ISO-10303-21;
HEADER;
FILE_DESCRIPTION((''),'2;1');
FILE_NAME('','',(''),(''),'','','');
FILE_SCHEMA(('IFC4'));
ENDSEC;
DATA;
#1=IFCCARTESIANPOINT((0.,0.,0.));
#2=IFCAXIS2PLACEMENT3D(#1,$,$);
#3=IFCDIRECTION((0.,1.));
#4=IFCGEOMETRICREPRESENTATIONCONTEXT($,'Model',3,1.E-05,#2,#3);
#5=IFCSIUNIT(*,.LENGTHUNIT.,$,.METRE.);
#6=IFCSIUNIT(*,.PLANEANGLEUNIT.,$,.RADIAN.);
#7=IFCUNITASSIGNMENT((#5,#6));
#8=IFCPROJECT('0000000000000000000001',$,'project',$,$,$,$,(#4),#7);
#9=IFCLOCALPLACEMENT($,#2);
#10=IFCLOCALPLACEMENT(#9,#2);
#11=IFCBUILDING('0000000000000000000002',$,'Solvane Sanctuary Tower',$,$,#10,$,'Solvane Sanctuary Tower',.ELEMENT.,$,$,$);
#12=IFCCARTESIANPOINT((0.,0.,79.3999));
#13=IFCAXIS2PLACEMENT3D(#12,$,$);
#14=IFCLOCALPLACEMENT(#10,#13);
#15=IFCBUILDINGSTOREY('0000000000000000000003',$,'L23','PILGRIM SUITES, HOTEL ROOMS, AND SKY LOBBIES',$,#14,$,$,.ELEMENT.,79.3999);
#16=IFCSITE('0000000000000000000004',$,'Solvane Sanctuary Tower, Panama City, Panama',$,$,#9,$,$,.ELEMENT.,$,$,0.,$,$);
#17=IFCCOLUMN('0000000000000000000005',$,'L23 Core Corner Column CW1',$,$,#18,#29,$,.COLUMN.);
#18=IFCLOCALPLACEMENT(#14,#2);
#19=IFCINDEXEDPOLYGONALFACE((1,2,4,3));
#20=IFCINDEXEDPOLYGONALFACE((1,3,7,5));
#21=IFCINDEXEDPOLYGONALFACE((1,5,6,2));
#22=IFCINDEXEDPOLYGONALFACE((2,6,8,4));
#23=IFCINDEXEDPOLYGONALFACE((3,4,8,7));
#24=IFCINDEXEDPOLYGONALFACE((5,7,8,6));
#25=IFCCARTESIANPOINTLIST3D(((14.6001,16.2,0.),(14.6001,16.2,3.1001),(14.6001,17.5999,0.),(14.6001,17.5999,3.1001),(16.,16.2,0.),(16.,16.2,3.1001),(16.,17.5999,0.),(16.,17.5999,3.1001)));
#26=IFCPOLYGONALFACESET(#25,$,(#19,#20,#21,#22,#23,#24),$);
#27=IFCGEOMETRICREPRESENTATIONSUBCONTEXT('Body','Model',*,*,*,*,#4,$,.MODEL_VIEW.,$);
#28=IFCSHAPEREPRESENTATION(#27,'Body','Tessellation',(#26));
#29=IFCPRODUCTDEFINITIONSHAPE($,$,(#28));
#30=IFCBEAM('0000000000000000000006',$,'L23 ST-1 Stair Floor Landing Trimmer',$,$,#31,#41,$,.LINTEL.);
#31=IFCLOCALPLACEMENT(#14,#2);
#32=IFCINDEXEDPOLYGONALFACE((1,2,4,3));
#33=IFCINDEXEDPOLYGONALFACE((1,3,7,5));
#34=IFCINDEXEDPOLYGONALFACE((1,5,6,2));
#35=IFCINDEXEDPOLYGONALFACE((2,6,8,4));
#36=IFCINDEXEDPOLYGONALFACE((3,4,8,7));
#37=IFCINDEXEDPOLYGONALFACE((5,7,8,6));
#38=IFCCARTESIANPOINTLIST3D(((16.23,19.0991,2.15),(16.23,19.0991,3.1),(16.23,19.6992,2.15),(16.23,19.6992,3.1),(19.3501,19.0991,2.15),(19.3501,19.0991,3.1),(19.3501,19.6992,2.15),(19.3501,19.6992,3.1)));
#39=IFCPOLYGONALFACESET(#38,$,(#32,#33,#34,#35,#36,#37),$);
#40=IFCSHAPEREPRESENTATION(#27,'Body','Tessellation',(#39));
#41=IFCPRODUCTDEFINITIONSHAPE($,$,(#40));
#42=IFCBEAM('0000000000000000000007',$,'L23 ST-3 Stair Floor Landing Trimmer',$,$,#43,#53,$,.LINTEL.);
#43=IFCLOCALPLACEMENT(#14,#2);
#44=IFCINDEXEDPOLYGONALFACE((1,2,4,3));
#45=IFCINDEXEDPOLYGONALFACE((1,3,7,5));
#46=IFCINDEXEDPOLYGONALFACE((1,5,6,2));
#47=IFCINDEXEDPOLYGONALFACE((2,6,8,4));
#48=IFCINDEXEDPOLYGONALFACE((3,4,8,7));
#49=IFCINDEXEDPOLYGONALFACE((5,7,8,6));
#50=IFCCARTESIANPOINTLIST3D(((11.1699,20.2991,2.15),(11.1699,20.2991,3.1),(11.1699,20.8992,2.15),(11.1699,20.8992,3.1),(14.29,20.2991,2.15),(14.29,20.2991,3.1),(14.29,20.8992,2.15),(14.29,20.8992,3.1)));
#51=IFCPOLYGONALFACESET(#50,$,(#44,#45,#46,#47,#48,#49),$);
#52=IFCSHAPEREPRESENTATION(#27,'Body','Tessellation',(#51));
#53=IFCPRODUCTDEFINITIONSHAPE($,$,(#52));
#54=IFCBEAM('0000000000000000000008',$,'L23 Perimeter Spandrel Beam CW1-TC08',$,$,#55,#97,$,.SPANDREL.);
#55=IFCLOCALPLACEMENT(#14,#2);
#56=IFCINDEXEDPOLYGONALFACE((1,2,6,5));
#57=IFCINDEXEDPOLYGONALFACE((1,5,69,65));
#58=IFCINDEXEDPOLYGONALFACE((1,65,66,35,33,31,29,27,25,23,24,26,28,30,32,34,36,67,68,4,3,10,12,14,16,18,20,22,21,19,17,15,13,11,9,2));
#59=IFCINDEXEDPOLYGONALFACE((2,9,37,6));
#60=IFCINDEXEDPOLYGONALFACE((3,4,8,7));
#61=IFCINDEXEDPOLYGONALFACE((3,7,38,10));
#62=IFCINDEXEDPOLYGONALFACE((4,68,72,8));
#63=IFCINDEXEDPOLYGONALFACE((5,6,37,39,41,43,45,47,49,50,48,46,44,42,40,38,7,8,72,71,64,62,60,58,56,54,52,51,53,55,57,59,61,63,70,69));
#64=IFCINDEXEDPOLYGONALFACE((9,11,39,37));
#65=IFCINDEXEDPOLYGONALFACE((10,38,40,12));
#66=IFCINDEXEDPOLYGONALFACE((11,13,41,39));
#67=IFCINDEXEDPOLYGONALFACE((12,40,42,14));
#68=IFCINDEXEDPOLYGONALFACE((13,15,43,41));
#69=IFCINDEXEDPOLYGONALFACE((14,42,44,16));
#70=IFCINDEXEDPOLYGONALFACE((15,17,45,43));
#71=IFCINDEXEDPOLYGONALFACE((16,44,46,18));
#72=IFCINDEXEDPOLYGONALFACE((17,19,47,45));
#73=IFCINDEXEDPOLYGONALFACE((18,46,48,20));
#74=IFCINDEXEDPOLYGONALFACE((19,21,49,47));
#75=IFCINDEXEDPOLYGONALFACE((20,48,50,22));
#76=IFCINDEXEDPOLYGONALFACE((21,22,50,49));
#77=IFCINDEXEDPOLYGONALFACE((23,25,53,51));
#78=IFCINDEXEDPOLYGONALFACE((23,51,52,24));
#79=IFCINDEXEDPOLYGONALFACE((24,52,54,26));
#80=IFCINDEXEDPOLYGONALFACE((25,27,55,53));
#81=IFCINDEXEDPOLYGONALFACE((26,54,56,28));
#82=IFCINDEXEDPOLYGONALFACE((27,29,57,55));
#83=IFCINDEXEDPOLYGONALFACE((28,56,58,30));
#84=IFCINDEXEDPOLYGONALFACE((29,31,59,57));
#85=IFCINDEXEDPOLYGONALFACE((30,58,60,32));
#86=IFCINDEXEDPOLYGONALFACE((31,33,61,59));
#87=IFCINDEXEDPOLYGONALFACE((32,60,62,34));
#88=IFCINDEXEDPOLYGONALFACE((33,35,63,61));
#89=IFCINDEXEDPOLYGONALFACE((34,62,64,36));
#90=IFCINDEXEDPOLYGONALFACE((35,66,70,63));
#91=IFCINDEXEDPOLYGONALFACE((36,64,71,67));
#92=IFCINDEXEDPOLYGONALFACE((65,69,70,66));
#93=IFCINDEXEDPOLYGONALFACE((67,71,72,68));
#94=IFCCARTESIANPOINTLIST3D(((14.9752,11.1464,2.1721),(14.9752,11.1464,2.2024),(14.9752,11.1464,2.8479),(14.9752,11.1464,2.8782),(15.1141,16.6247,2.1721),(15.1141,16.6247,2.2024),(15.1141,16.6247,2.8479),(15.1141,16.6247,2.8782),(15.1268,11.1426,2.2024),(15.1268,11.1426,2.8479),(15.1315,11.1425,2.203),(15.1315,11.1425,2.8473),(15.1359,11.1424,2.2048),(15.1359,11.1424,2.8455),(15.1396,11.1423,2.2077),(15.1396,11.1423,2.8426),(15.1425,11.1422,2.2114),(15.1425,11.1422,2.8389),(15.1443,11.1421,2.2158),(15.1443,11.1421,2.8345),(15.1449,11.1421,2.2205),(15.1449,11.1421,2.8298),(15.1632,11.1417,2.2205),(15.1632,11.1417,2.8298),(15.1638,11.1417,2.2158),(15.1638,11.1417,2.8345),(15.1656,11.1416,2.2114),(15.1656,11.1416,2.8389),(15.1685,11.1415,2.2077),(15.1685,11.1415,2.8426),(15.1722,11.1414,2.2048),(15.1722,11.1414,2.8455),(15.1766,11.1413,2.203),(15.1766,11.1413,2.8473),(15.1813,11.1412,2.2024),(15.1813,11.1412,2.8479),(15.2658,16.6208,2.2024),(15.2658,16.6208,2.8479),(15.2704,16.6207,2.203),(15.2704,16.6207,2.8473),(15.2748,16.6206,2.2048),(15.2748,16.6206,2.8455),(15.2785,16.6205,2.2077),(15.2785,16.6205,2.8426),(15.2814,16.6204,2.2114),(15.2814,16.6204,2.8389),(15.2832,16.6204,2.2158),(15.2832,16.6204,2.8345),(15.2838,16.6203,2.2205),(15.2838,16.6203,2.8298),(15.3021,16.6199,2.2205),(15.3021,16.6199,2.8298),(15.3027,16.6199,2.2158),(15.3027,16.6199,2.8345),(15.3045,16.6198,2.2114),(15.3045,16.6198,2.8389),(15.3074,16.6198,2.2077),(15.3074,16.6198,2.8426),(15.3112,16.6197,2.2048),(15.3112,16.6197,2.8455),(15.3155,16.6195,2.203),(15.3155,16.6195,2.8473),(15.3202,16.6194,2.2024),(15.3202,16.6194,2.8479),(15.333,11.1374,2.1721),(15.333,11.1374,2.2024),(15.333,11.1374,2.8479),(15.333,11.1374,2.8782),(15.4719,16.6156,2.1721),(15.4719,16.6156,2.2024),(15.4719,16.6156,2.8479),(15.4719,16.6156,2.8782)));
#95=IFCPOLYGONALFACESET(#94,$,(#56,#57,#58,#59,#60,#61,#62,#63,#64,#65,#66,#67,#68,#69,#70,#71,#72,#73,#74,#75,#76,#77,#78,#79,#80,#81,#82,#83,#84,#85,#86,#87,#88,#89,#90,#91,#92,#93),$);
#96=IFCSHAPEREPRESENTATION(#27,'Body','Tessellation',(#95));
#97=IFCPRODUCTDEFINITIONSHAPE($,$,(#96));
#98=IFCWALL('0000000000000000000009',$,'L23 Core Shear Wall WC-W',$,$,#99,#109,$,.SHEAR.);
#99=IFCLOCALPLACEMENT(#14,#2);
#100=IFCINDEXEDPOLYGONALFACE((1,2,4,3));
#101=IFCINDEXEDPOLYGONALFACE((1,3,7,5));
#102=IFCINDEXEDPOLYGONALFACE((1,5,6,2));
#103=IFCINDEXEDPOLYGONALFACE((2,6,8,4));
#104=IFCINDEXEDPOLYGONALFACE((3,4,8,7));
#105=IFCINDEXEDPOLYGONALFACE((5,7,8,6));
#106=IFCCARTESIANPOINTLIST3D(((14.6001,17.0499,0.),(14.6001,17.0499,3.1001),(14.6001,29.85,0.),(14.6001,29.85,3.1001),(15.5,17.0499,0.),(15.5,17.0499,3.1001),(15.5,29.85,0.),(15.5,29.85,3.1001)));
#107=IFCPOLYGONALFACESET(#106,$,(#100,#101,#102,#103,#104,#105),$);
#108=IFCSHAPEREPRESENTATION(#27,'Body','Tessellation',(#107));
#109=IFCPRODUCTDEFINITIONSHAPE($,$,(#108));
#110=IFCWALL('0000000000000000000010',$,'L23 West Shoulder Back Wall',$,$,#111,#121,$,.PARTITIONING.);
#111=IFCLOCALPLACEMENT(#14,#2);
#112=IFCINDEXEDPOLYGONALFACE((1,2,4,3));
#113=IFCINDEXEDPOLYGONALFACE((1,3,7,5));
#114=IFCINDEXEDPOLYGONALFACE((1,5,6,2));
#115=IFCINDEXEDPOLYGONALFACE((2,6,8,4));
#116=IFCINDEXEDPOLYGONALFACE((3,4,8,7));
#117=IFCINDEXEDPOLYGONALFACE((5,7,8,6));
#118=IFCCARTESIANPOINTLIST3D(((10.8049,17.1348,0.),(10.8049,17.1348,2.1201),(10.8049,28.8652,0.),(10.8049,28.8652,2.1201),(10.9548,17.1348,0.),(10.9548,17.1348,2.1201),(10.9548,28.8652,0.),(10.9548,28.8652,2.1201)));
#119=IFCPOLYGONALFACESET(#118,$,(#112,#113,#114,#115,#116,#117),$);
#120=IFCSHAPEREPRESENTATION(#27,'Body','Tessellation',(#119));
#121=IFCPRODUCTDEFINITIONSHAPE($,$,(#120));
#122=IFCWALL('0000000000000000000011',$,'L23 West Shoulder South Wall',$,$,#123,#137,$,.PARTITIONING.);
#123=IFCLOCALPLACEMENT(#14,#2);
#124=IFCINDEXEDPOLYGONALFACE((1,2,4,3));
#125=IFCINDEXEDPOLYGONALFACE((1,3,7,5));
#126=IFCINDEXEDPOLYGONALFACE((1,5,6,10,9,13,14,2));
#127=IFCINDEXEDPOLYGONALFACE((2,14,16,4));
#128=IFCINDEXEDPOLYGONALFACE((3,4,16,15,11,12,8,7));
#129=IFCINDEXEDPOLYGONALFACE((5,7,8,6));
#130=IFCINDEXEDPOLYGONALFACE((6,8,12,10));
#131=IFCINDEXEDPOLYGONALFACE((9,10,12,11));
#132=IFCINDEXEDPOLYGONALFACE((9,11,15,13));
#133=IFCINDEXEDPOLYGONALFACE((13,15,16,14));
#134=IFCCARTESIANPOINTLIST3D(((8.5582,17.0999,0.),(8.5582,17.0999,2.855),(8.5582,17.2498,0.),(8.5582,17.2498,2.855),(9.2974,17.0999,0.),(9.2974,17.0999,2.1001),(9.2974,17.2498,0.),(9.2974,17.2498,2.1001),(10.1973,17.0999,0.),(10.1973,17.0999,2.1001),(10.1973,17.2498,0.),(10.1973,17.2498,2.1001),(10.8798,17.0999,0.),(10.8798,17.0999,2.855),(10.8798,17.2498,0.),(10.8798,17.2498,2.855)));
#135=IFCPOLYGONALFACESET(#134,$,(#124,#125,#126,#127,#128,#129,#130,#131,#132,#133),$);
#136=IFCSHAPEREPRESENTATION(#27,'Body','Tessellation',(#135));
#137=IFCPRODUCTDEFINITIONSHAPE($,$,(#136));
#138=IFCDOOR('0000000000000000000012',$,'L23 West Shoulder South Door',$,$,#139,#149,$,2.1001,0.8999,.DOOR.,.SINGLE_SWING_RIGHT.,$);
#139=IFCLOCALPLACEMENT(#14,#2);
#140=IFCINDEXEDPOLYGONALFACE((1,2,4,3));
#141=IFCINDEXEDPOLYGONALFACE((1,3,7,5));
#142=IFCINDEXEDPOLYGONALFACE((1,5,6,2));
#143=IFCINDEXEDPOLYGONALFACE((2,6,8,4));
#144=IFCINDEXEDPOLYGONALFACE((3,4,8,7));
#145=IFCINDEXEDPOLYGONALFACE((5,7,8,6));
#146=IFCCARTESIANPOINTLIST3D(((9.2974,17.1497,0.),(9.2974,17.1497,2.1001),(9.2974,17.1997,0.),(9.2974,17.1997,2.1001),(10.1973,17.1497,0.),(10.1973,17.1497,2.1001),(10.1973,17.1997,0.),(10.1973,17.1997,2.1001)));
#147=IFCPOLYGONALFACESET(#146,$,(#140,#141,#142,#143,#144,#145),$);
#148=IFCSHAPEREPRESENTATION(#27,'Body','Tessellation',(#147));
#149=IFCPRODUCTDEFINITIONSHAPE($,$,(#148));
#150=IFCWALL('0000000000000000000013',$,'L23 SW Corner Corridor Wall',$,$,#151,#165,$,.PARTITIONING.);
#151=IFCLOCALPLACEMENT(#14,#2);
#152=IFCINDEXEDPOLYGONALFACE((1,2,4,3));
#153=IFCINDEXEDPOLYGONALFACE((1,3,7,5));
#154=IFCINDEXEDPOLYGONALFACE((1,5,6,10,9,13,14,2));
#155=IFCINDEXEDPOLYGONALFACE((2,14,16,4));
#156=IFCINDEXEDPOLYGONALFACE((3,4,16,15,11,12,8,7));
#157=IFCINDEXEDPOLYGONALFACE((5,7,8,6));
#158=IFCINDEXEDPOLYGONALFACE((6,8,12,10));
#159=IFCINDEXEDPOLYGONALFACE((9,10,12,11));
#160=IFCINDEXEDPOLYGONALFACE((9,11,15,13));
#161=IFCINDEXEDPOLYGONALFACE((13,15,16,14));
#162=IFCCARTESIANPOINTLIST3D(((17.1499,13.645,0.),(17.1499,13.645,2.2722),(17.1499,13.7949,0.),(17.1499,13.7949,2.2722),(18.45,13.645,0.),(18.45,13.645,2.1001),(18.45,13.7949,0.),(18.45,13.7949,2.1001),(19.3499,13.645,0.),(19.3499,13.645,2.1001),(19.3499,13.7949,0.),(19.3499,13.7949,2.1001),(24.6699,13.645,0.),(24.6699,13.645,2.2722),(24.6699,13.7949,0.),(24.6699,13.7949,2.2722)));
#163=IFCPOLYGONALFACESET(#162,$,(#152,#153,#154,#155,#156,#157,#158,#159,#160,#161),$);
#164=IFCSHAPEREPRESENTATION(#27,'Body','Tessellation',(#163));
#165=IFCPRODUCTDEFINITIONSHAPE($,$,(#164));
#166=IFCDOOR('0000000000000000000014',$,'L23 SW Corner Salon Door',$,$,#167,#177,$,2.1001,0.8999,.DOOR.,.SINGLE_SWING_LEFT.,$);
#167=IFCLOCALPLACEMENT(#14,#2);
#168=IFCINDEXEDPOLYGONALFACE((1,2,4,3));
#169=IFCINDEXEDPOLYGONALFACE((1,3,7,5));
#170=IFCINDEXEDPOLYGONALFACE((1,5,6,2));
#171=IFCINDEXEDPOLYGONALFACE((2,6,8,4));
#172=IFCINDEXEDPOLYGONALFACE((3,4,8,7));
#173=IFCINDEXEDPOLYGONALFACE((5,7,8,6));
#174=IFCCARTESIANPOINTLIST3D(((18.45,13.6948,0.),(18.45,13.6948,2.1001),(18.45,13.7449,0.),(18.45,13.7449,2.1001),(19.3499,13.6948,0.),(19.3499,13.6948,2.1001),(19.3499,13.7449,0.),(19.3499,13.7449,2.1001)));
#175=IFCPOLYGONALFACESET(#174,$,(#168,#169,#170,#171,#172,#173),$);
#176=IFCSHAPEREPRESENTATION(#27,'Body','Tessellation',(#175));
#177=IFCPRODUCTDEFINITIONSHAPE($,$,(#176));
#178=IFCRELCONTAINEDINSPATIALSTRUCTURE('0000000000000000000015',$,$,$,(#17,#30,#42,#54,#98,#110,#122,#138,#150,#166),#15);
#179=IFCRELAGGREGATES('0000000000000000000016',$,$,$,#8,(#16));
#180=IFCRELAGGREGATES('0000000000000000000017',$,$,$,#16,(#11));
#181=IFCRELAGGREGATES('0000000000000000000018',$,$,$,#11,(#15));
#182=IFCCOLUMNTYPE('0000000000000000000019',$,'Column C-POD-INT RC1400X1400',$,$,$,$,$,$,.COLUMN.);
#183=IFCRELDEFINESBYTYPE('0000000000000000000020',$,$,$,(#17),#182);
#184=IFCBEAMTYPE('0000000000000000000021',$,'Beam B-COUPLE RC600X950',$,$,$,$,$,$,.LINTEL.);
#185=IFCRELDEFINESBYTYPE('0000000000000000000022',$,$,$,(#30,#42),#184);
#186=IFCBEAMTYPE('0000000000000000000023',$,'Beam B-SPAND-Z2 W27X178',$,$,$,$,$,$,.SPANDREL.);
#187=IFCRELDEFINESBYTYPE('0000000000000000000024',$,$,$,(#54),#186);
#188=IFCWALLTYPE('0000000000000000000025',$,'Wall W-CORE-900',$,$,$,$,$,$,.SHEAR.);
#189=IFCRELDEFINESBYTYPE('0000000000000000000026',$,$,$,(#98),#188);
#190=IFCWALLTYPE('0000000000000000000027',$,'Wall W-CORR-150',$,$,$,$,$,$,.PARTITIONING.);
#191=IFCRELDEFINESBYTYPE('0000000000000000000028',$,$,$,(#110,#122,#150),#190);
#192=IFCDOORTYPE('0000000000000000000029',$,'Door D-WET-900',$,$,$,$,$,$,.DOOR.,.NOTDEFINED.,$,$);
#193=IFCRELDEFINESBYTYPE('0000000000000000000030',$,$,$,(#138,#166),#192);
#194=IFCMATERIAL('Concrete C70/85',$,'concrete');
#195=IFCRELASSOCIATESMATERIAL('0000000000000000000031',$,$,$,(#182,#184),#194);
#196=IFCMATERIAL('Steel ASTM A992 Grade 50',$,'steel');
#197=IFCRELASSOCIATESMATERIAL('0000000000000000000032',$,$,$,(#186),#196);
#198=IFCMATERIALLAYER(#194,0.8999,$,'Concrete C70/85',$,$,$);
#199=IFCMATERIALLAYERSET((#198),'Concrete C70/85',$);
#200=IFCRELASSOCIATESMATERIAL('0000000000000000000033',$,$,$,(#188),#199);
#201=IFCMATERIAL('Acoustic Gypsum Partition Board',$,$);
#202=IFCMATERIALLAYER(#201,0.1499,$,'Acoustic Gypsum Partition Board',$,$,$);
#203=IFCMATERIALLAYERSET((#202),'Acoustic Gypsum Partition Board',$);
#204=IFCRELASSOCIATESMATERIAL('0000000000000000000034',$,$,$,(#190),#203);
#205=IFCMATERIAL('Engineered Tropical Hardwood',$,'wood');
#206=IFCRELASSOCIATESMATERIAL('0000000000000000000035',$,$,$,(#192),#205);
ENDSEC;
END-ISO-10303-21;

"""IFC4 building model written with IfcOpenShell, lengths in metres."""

from ifc_helpers import new_model, si_unit, direction, frame, frame_2d, origin, origin_2d, place, context, subcontext, project, spatial, rectangle, i_section, extrude, material, layer, layer_set, material_profile, profile_set, type_object, element, fill, save


model = new_model("IFC4")

# Units and contexts
model_context = context("Model", 3, precision=1e-05, world=origin(), true_north=direction((0.0, 1.0)))
body_context = subcontext(model_context, "Body", "Model", "MODEL_VIEW")
ifc_project = project(units=[si_unit("LENGTHUNIT", "METRE"), si_unit("PLANEANGLEUNIT", "RADIAN")], contexts=[model_context])

# Site, building, storey
site_placement = place(None, origin())
site = spatial("IfcSite", under=ifc_project, at=site_placement, Name="Solvane Sanctuary Tower, Panama City, Panama", CompositionType="ELEMENT", RefElevation=0.0)
building_placement = place(site_placement, origin())
building = spatial("IfcBuilding", under=site, at=building_placement, Name="Solvane Sanctuary Tower", LongName="Solvane Sanctuary Tower", CompositionType="ELEMENT")
storey_placement = place(building_placement, frame((0.0, 0.0, 79.3999)))
storey = spatial("IfcBuildingStorey", under=building, at=storey_placement, Name="L23", Description="PILGRIM SUITES, HOTEL ROOMS, AND SKY LOBBIES", CompositionType="ELEMENT", Elevation=79.3999)

# Column
ifc_material_1 = material(Name="Concrete C70/85", Category="concrete")
ifc_material_profile_1 = material_profile(ifc_material_1, rectangle(XDim=1.3999, YDim=1.3999, at=origin_2d()), Name="RC1400X1400")
ifc_profile_set_1 = profile_set([ifc_material_profile_1], Name="Concrete C70/85")
column_type = type_object("IfcColumnType", Name="Column C-POD-INT RC1400X1400", PredefinedType="COLUMN", material=ifc_profile_set_1)
column_placement = place(storey_placement, frame((15.3, 16.8999, 0.0), z_axis=(0.0, 0.0, 1.0), x_axis=(1.0, 0.0, 0.0)))
element("IfcColumn", 1, at=column_placement, inside=storey, type_object=column_type, Name="L23 Core Corner Column CW1", PredefinedType="COLUMN", context=body_context, shape_type="SweptSolid", body=[
    extrude(rectangle(XDim=1.3999, YDim=1.3999, at=origin_2d()), origin(), (0.0, 0.0, 1.0), 3.1001),
])

# Beams
ifc_material_profile_2 = material_profile(ifc_material_1, rectangle(XDim=0.6001, YDim=0.95, at=origin_2d()), Name="RC600X950")
ifc_profile_set_2 = profile_set([ifc_material_profile_2], Name="Concrete C70/85")
beam_type_1 = type_object("IfcBeamType", Name="Beam B-COUPLE RC600X950", PredefinedType="LINTEL", material=ifc_profile_set_2)
for number, where, z_axis, x_axis, name in (
    (2, (16.23, 19.3992, 2.625), (1.0, 0.0, 0.0), (0.0, 1.0, 0.0), "L23 ST-1 Stair Floor Landing Trimmer"),
    (3, (11.1699, 20.5991, 2.625), (1.0, 0.0, 0.0), (0.0, 1.0, 0.0), "L23 ST-3 Stair Floor Landing Trimmer"),
):
    element("IfcBeam", number, at=place(storey_placement, frame(where, z_axis=z_axis, x_axis=x_axis)), inside=storey, type_object=beam_type_1, Name=name, PredefinedType="LINTEL", context=body_context, shape_type="SweptSolid", body=[
        extrude(rectangle(XDim=0.6001, YDim=0.95, at=origin_2d()), origin(), (0.0, 0.0, 1.0), 3.1201),
    ])
ifc_material_2 = material(Name="Steel ASTM A992 Grade 50", Category="steel")
ifc_material_profile_3 = material_profile(ifc_material_2, i_section(OverallWidth=0.3579, OverallDepth=0.7061, WebThickness=0.0183, FlangeThickness=0.0303, FilletRadius=0.0181, at=origin_2d()), Name="W27X178")
ifc_profile_set_3 = profile_set([ifc_material_profile_3], Name="Steel ASTM A992 Grade 50")
beam_type_2 = type_object("IfcBeamType", Name="Beam B-SPAND-Z2 W27X178", PredefinedType="SPANDREL", material=ifc_profile_set_3)
beam_placement = place(storey_placement, frame((15.293, 16.6201, 2.5251), z_axis=(-0.025349, -0.999679, 0.0), x_axis=(0.999679, -0.025349, 0.0)))
element("IfcBeam", 4, at=beam_placement, inside=storey, type_object=beam_type_2, Name="L23 Perimeter Spandrel Beam CW1-TC08", PredefinedType="SPANDREL", context=body_context, shape_type="SweptSolid", body=[
    extrude(i_section(OverallWidth=0.3579, OverallDepth=0.7061, WebThickness=0.0183, FlangeThickness=0.0303, FilletRadius=0.0181, at=origin_2d()), origin(), (0.0, 0.0, 1.0), 5.48),
])

# Walls
ifc_layer_1 = layer(ifc_material_1, 0.8999, Name="Concrete C70/85")
ifc_layer_set_1 = layer_set([ifc_layer_1], Name="Concrete C70/85")
wall_type_1 = type_object("IfcWallType", Name="Wall W-CORE-900", PredefinedType="SHEAR", material=ifc_layer_set_1)
wall_1_placement = place(storey_placement, frame((15.05, 17.05, 0.0), z_axis=(0.0, 0.0, 1.0), x_axis=(0.0, 1.0, 0.0)))
element("IfcWall", 5, at=wall_1_placement, inside=storey, type_object=wall_type_1, Name="L23 Core Shear Wall WC-W", PredefinedType="SHEAR", context=body_context, shape_type="SweptSolid", body=[
    extrude(rectangle(XDim=12.8, YDim=0.8999, at=frame_2d((6.3999, 0.0))), origin(), (0.0, 0.0, 1.0), 3.1001),
])
ifc_material_3 = material(Name="Acoustic Gypsum Partition Board")
ifc_layer_2 = layer(ifc_material_3, 0.1499, Name="Acoustic Gypsum Partition Board")
ifc_layer_set_2 = layer_set([ifc_layer_2], Name="Acoustic Gypsum Partition Board")
wall_type_2 = type_object("IfcWallType", Name="Wall W-CORR-150", PredefinedType="PARTITIONING", material=ifc_layer_set_2)
wall_2_placement = place(storey_placement, frame((10.8799, 17.1348, 0.0), z_axis=(0.0, 0.0, 1.0), x_axis=(0.0, 1.0, 0.0)))
element("IfcWall", 6, at=wall_2_placement, inside=storey, type_object=wall_type_2, Name="L23 West Shoulder Back Wall", PredefinedType="PARTITIONING", context=body_context, shape_type="SweptSolid", body=[
    extrude(rectangle(XDim=11.7305, YDim=0.1499, at=frame_2d((5.8652, 0.0))), origin(), (0.0, 0.0, 1.0), 2.1201),
])

# Walls, openings, doors
wall_3_placement = place(storey_placement, frame((8.5583, 17.1748, 0.0), z_axis=(0.0, 0.0, 1.0), x_axis=(1.0, 0.0, 0.0)))
wall_3 = element("IfcWall", 7, at=wall_3_placement, inside=storey, type_object=wall_type_2, Name="L23 West Shoulder South Wall", PredefinedType="PARTITIONING", context=body_context, shape_type="SweptSolid", body=[
    extrude(rectangle(XDim=2.3215, YDim=0.1499, at=frame_2d((1.1606, 0.0))), origin(), (0.0, 0.0, 1.0), 2.855),
])
opening_1_placement = place(wall_3_placement, frame((0.739, 0.0, 0.0)))
opening_1 = element("IfcOpeningElement", 8, at=opening_1_placement, cuts=wall_3, PredefinedType="OPENING", context=body_context, shape_type="SweptSolid", body=[
    extrude(rectangle(XDim=0.8999, YDim=2.1001, at=frame_2d((0.45, 1.05))), frame((0.0, 0.085, 0.0), z_axis=(0.0, -1.0, 0.0), x_axis=(1.0, 0.0, 0.0)), (0.0, 0.0, 1.0), 0.1699),
])
ifc_material_4 = material(Name="Engineered Tropical Hardwood", Category="wood")
door_type_1 = type_object("IfcDoorType", Name="Door D-WET-900", OperationType="NOTDEFINED", PredefinedType="DOOR", material=ifc_material_4)
door_1_placement = place(opening_1_placement, origin())
door_1 = element("IfcDoor", 9, at=door_1_placement, inside=storey, type_object=door_type_1, Name="L23 West Shoulder South Door", OperationType="SINGLE_SWING_RIGHT", OverallHeight=2.1001, OverallWidth=0.8999, PredefinedType="DOOR", context=body_context, shape_type="SweptSolid", body=[
    extrude(rectangle(XDim=0.8999, YDim=2.1001, at=frame_2d((0.45, 1.05))), frame((0.0, 0.0249, 0.0), z_axis=(0.0, -1.0, 0.0), x_axis=(1.0, 0.0, 0.0)), (0.0, 0.0, 1.0), 0.05),
])
fill(opening_1, door_1)
wall_4_placement = place(storey_placement, frame((17.1499, 13.72, 0.0), z_axis=(0.0, 0.0, 1.0), x_axis=(1.0, 0.0, 0.0)))
wall_4 = element("IfcWall", 10, at=wall_4_placement, inside=storey, type_object=wall_type_2, Name="L23 SW Corner Corridor Wall", PredefinedType="PARTITIONING", context=body_context, shape_type="SweptSolid", body=[
    extrude(rectangle(XDim=7.52, YDim=0.1499, at=frame_2d((3.76, 0.0))), origin(), (0.0, 0.0, 1.0), 2.2722),
])
opening_2_placement = place(wall_4_placement, frame((1.3, 0.0, 0.0)))
opening_2 = element("IfcOpeningElement", 11, at=opening_2_placement, cuts=wall_4, PredefinedType="OPENING", context=body_context, shape_type="SweptSolid", body=[
    extrude(rectangle(XDim=0.8999, YDim=2.1001, at=frame_2d((0.45, 1.05))), frame((0.0, 0.085, 0.0), z_axis=(0.0, -1.0, 0.0), x_axis=(1.0, 0.0, 0.0)), (0.0, 0.0, 1.0), 0.1699),
])
door_2_placement = place(opening_2_placement, origin())
door_2 = element("IfcDoor", 12, at=door_2_placement, inside=storey, type_object=door_type_1, Name="L23 SW Corner Salon Door", OperationType="SINGLE_SWING_LEFT", OverallHeight=2.1001, OverallWidth=0.8999, PredefinedType="DOOR", context=body_context, shape_type="SweptSolid", body=[
    extrude(rectangle(XDim=0.8999, YDim=2.1001, at=frame_2d((0.45, 1.05))), frame((0.0, 0.0249, 0.0), z_axis=(0.0, -1.0, 0.0), x_axis=(1.0, 0.0, 0.0)), (0.0, 0.0, 1.0), 0.05),
])
fill(opening_2, door_2)

save(model, "model.ifc")
